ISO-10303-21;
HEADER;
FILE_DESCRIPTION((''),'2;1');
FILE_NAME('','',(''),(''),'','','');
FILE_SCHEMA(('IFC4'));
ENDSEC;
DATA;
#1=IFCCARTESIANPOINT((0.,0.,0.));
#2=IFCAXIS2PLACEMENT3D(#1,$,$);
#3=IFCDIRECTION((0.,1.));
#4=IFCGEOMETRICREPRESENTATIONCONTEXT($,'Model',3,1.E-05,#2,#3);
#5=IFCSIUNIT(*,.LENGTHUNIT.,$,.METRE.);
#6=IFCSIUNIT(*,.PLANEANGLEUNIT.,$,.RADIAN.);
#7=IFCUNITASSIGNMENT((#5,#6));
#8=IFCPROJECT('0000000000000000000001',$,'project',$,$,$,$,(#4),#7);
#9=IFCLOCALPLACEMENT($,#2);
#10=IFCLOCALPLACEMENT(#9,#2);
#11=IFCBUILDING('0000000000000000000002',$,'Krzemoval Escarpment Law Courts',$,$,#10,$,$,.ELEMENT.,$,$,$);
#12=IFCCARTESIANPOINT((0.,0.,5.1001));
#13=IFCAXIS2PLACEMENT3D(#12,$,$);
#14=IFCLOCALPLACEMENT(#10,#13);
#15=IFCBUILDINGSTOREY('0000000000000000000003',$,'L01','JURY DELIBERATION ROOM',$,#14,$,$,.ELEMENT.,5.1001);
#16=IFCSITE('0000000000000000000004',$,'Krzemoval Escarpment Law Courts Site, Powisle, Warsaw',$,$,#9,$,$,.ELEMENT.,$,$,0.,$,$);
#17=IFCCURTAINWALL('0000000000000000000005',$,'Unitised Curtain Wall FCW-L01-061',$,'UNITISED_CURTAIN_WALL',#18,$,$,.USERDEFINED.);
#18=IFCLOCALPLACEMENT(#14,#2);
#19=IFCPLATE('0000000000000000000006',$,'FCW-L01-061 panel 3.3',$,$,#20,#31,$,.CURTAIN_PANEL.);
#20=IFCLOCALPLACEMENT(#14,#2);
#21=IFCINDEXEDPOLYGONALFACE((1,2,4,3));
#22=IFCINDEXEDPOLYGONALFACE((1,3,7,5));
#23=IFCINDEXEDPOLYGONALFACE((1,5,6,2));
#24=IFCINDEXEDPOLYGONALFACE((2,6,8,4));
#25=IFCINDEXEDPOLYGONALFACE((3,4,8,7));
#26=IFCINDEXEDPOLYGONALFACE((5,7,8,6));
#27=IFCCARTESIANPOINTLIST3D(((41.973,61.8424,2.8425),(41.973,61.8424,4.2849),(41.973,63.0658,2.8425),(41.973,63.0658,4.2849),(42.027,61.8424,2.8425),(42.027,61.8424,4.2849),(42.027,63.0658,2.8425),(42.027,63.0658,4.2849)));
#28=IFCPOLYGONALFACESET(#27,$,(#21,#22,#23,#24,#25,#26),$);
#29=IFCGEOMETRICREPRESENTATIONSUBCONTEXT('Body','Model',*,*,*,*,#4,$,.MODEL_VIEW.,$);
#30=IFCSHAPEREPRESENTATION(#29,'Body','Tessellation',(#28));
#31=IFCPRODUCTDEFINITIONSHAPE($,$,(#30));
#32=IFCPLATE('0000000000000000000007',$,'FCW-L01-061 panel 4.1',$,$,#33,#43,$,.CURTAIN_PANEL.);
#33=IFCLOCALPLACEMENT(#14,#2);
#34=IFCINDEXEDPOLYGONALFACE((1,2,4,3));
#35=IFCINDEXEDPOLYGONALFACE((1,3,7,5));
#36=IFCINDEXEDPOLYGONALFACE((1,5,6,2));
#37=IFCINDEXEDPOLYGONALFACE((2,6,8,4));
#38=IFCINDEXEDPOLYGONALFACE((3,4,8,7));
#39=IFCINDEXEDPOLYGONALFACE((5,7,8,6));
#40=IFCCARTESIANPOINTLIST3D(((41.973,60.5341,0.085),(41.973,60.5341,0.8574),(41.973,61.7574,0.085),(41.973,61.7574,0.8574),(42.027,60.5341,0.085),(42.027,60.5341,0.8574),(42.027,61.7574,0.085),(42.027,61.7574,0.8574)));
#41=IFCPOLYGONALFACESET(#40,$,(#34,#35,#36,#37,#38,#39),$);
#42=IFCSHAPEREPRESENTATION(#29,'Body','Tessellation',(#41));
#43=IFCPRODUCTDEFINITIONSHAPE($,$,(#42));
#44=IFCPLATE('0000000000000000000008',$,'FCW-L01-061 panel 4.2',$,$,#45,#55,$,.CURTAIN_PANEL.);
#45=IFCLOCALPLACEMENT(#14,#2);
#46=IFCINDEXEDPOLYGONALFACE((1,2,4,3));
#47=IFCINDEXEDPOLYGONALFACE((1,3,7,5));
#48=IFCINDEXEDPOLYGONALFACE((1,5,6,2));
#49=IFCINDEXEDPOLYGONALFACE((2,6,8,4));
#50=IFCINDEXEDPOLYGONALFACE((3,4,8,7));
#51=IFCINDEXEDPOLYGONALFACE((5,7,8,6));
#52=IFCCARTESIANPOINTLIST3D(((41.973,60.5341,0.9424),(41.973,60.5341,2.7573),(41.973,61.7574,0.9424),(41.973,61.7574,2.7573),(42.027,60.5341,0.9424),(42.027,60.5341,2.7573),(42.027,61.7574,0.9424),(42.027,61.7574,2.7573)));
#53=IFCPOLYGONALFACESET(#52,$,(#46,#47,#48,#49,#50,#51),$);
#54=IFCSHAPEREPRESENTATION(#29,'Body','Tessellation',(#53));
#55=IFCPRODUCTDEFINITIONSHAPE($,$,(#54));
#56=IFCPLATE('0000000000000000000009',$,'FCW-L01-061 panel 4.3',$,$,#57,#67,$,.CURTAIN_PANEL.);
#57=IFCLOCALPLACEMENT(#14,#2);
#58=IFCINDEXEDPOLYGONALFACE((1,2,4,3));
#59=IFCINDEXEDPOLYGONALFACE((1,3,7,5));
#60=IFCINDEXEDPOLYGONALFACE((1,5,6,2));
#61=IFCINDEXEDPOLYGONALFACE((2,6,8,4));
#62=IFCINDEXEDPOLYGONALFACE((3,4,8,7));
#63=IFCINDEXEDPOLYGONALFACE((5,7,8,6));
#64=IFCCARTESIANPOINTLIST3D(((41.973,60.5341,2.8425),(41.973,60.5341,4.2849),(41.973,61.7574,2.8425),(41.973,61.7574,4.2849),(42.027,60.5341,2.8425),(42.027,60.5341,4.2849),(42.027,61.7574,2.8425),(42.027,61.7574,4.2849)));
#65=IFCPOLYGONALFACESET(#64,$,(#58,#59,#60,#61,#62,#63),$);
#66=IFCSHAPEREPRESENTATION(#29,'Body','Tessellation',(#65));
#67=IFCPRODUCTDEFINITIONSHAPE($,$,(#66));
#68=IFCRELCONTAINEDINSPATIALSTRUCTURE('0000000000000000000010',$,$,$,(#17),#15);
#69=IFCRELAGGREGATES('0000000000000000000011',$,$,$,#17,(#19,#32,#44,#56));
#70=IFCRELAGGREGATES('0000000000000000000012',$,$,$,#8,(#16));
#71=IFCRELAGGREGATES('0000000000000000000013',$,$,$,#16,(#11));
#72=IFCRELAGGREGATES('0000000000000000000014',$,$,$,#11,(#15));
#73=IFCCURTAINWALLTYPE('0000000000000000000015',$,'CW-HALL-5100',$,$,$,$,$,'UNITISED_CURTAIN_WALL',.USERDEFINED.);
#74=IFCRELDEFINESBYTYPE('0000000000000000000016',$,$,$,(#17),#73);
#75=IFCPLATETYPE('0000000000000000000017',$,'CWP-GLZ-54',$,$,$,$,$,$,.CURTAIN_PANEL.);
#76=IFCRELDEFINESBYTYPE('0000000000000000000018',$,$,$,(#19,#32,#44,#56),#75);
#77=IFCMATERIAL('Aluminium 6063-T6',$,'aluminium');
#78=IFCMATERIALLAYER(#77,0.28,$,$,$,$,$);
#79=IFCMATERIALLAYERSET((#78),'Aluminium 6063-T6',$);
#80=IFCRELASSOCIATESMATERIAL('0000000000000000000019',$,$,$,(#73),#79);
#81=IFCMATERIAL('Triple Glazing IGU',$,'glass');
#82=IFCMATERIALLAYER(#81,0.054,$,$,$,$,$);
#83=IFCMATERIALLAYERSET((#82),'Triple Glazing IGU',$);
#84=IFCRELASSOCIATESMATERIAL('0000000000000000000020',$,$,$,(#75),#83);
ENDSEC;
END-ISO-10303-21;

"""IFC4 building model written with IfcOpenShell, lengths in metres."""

from ifc_helpers import new_model, si_unit, direction, frame, origin, origin_2d, place, context, subcontext, project, spatial, rectangle, extrude, material, layer, layer_set, type_object, element, aggregate, save


model = new_model("IFC4")

# Units and contexts
model_context = context("Model", 3, precision=1e-05, world=origin(), true_north=direction((0.0, 1.0)))
body_context = subcontext(model_context, "Body", "Model", "MODEL_VIEW")
ifc_project = project(units=[si_unit("LENGTHUNIT", "METRE"), si_unit("PLANEANGLEUNIT", "RADIAN")], contexts=[model_context])

# Site, building, storey
site_placement = place(None, origin())
site = spatial("IfcSite", under=ifc_project, at=site_placement, Name="Krzemoval Escarpment Law Courts Site, Powisle, Warsaw", CompositionType="ELEMENT", RefElevation=0.0)
building_placement = place(site_placement, origin())
building = spatial("IfcBuilding", under=site, at=building_placement, Name="Krzemoval Escarpment Law Courts", CompositionType="ELEMENT")
storey_placement = place(building_placement, frame((0.0, 0.0, 5.1001)))
storey = spatial("IfcBuildingStorey", under=building, at=storey_placement, Name="L01", Description="JURY DELIBERATION ROOM", CompositionType="ELEMENT", Elevation=5.1001)

# Curtain wall
ifc_material_1 = material(Name="Aluminium 6063-T6", Category="aluminium")
ifc_layer_1 = layer(ifc_material_1, 0.28)
ifc_layer_set_1 = layer_set([ifc_layer_1], Name="Aluminium 6063-T6")
curtain_wall_type = type_object("IfcCurtainWallType", Name="CW-HALL-5100", ElementType="UNITISED_CURTAIN_WALL", PredefinedType="USERDEFINED", material=ifc_layer_set_1)
curtain_wall_placement = place(storey_placement, origin())
curtain_wall = element("IfcCurtainWall", 1, at=curtain_wall_placement, inside=storey, type_object=curtain_wall_type, Name="Unitised Curtain Wall FCW-L01-061", ObjectType="UNITISED_CURTAIN_WALL", PredefinedType="USERDEFINED")

# Plates
ifc_material_2 = material(Name="Triple Glazing IGU", Category="glass")
ifc_layer_2 = layer(ifc_material_2, 0.054)
ifc_layer_set_2 = layer_set([ifc_layer_2], Name="Triple Glazing IGU")
plate_type = type_object("IfcPlateType", Name="CWP-GLZ-54", PredefinedType="CURTAIN_PANEL", material=ifc_layer_set_2)
plate_1_placement = place(storey_placement, frame((42.0, 62.4541, 2.8425), z_axis=(0.0, 0.0, 1.0), x_axis=(0.0, -1.0, 0.0)))
plate_1 = element("IfcPlate", 2, at=plate_1_placement, type_object=plate_type, Name="FCW-L01-061 panel 3.3", PredefinedType="CURTAIN_PANEL", context=body_context, shape_type="SweptSolid", body=[
    extrude(rectangle(XDim=1.2234, YDim=0.054, at=origin_2d()), origin(), (0.0, 0.0, 1.0), 1.4424),
])
plate_2_placement = place(storey_placement, frame((42.0, 61.1458, 0.085), z_axis=(0.0, 0.0, 1.0), x_axis=(0.0, -1.0, 0.0)))
plate_2 = element("IfcPlate", 3, at=plate_2_placement, type_object=plate_type, Name="FCW-L01-061 panel 4.1", PredefinedType="CURTAIN_PANEL", context=body_context, shape_type="SweptSolid", body=[
    extrude(rectangle(XDim=1.2234, YDim=0.054, at=origin_2d()), origin(), (0.0, 0.0, 1.0), 0.7725),
])
plate_3_placement = place(storey_placement, frame((42.0, 61.1458, 0.9424), z_axis=(0.0, 0.0, 1.0), x_axis=(0.0, -1.0, 0.0)))
plate_3 = element("IfcPlate", 4, at=plate_3_placement, type_object=plate_type, Name="FCW-L01-061 panel 4.2", PredefinedType="CURTAIN_PANEL", context=body_context, shape_type="SweptSolid", body=[
    extrude(rectangle(XDim=1.2234, YDim=0.054, at=origin_2d()), origin(), (0.0, 0.0, 1.0), 1.8149),
])
plate_4_placement = place(storey_placement, frame((42.0, 61.1458, 2.8425), z_axis=(0.0, 0.0, 1.0), x_axis=(0.0, -1.0, 0.0)))
plate_4 = element("IfcPlate", 5, at=plate_4_placement, type_object=plate_type, Name="FCW-L01-061 panel 4.3", PredefinedType="CURTAIN_PANEL", context=body_context, shape_type="SweptSolid", body=[
    extrude(rectangle(XDim=1.2234, YDim=0.054, at=origin_2d()), origin(), (0.0, 0.0, 1.0), 1.4424),
])
aggregate(curtain_wall, [plate_1, plate_2, plate_3, plate_4])

save(model, "model.ifc")
